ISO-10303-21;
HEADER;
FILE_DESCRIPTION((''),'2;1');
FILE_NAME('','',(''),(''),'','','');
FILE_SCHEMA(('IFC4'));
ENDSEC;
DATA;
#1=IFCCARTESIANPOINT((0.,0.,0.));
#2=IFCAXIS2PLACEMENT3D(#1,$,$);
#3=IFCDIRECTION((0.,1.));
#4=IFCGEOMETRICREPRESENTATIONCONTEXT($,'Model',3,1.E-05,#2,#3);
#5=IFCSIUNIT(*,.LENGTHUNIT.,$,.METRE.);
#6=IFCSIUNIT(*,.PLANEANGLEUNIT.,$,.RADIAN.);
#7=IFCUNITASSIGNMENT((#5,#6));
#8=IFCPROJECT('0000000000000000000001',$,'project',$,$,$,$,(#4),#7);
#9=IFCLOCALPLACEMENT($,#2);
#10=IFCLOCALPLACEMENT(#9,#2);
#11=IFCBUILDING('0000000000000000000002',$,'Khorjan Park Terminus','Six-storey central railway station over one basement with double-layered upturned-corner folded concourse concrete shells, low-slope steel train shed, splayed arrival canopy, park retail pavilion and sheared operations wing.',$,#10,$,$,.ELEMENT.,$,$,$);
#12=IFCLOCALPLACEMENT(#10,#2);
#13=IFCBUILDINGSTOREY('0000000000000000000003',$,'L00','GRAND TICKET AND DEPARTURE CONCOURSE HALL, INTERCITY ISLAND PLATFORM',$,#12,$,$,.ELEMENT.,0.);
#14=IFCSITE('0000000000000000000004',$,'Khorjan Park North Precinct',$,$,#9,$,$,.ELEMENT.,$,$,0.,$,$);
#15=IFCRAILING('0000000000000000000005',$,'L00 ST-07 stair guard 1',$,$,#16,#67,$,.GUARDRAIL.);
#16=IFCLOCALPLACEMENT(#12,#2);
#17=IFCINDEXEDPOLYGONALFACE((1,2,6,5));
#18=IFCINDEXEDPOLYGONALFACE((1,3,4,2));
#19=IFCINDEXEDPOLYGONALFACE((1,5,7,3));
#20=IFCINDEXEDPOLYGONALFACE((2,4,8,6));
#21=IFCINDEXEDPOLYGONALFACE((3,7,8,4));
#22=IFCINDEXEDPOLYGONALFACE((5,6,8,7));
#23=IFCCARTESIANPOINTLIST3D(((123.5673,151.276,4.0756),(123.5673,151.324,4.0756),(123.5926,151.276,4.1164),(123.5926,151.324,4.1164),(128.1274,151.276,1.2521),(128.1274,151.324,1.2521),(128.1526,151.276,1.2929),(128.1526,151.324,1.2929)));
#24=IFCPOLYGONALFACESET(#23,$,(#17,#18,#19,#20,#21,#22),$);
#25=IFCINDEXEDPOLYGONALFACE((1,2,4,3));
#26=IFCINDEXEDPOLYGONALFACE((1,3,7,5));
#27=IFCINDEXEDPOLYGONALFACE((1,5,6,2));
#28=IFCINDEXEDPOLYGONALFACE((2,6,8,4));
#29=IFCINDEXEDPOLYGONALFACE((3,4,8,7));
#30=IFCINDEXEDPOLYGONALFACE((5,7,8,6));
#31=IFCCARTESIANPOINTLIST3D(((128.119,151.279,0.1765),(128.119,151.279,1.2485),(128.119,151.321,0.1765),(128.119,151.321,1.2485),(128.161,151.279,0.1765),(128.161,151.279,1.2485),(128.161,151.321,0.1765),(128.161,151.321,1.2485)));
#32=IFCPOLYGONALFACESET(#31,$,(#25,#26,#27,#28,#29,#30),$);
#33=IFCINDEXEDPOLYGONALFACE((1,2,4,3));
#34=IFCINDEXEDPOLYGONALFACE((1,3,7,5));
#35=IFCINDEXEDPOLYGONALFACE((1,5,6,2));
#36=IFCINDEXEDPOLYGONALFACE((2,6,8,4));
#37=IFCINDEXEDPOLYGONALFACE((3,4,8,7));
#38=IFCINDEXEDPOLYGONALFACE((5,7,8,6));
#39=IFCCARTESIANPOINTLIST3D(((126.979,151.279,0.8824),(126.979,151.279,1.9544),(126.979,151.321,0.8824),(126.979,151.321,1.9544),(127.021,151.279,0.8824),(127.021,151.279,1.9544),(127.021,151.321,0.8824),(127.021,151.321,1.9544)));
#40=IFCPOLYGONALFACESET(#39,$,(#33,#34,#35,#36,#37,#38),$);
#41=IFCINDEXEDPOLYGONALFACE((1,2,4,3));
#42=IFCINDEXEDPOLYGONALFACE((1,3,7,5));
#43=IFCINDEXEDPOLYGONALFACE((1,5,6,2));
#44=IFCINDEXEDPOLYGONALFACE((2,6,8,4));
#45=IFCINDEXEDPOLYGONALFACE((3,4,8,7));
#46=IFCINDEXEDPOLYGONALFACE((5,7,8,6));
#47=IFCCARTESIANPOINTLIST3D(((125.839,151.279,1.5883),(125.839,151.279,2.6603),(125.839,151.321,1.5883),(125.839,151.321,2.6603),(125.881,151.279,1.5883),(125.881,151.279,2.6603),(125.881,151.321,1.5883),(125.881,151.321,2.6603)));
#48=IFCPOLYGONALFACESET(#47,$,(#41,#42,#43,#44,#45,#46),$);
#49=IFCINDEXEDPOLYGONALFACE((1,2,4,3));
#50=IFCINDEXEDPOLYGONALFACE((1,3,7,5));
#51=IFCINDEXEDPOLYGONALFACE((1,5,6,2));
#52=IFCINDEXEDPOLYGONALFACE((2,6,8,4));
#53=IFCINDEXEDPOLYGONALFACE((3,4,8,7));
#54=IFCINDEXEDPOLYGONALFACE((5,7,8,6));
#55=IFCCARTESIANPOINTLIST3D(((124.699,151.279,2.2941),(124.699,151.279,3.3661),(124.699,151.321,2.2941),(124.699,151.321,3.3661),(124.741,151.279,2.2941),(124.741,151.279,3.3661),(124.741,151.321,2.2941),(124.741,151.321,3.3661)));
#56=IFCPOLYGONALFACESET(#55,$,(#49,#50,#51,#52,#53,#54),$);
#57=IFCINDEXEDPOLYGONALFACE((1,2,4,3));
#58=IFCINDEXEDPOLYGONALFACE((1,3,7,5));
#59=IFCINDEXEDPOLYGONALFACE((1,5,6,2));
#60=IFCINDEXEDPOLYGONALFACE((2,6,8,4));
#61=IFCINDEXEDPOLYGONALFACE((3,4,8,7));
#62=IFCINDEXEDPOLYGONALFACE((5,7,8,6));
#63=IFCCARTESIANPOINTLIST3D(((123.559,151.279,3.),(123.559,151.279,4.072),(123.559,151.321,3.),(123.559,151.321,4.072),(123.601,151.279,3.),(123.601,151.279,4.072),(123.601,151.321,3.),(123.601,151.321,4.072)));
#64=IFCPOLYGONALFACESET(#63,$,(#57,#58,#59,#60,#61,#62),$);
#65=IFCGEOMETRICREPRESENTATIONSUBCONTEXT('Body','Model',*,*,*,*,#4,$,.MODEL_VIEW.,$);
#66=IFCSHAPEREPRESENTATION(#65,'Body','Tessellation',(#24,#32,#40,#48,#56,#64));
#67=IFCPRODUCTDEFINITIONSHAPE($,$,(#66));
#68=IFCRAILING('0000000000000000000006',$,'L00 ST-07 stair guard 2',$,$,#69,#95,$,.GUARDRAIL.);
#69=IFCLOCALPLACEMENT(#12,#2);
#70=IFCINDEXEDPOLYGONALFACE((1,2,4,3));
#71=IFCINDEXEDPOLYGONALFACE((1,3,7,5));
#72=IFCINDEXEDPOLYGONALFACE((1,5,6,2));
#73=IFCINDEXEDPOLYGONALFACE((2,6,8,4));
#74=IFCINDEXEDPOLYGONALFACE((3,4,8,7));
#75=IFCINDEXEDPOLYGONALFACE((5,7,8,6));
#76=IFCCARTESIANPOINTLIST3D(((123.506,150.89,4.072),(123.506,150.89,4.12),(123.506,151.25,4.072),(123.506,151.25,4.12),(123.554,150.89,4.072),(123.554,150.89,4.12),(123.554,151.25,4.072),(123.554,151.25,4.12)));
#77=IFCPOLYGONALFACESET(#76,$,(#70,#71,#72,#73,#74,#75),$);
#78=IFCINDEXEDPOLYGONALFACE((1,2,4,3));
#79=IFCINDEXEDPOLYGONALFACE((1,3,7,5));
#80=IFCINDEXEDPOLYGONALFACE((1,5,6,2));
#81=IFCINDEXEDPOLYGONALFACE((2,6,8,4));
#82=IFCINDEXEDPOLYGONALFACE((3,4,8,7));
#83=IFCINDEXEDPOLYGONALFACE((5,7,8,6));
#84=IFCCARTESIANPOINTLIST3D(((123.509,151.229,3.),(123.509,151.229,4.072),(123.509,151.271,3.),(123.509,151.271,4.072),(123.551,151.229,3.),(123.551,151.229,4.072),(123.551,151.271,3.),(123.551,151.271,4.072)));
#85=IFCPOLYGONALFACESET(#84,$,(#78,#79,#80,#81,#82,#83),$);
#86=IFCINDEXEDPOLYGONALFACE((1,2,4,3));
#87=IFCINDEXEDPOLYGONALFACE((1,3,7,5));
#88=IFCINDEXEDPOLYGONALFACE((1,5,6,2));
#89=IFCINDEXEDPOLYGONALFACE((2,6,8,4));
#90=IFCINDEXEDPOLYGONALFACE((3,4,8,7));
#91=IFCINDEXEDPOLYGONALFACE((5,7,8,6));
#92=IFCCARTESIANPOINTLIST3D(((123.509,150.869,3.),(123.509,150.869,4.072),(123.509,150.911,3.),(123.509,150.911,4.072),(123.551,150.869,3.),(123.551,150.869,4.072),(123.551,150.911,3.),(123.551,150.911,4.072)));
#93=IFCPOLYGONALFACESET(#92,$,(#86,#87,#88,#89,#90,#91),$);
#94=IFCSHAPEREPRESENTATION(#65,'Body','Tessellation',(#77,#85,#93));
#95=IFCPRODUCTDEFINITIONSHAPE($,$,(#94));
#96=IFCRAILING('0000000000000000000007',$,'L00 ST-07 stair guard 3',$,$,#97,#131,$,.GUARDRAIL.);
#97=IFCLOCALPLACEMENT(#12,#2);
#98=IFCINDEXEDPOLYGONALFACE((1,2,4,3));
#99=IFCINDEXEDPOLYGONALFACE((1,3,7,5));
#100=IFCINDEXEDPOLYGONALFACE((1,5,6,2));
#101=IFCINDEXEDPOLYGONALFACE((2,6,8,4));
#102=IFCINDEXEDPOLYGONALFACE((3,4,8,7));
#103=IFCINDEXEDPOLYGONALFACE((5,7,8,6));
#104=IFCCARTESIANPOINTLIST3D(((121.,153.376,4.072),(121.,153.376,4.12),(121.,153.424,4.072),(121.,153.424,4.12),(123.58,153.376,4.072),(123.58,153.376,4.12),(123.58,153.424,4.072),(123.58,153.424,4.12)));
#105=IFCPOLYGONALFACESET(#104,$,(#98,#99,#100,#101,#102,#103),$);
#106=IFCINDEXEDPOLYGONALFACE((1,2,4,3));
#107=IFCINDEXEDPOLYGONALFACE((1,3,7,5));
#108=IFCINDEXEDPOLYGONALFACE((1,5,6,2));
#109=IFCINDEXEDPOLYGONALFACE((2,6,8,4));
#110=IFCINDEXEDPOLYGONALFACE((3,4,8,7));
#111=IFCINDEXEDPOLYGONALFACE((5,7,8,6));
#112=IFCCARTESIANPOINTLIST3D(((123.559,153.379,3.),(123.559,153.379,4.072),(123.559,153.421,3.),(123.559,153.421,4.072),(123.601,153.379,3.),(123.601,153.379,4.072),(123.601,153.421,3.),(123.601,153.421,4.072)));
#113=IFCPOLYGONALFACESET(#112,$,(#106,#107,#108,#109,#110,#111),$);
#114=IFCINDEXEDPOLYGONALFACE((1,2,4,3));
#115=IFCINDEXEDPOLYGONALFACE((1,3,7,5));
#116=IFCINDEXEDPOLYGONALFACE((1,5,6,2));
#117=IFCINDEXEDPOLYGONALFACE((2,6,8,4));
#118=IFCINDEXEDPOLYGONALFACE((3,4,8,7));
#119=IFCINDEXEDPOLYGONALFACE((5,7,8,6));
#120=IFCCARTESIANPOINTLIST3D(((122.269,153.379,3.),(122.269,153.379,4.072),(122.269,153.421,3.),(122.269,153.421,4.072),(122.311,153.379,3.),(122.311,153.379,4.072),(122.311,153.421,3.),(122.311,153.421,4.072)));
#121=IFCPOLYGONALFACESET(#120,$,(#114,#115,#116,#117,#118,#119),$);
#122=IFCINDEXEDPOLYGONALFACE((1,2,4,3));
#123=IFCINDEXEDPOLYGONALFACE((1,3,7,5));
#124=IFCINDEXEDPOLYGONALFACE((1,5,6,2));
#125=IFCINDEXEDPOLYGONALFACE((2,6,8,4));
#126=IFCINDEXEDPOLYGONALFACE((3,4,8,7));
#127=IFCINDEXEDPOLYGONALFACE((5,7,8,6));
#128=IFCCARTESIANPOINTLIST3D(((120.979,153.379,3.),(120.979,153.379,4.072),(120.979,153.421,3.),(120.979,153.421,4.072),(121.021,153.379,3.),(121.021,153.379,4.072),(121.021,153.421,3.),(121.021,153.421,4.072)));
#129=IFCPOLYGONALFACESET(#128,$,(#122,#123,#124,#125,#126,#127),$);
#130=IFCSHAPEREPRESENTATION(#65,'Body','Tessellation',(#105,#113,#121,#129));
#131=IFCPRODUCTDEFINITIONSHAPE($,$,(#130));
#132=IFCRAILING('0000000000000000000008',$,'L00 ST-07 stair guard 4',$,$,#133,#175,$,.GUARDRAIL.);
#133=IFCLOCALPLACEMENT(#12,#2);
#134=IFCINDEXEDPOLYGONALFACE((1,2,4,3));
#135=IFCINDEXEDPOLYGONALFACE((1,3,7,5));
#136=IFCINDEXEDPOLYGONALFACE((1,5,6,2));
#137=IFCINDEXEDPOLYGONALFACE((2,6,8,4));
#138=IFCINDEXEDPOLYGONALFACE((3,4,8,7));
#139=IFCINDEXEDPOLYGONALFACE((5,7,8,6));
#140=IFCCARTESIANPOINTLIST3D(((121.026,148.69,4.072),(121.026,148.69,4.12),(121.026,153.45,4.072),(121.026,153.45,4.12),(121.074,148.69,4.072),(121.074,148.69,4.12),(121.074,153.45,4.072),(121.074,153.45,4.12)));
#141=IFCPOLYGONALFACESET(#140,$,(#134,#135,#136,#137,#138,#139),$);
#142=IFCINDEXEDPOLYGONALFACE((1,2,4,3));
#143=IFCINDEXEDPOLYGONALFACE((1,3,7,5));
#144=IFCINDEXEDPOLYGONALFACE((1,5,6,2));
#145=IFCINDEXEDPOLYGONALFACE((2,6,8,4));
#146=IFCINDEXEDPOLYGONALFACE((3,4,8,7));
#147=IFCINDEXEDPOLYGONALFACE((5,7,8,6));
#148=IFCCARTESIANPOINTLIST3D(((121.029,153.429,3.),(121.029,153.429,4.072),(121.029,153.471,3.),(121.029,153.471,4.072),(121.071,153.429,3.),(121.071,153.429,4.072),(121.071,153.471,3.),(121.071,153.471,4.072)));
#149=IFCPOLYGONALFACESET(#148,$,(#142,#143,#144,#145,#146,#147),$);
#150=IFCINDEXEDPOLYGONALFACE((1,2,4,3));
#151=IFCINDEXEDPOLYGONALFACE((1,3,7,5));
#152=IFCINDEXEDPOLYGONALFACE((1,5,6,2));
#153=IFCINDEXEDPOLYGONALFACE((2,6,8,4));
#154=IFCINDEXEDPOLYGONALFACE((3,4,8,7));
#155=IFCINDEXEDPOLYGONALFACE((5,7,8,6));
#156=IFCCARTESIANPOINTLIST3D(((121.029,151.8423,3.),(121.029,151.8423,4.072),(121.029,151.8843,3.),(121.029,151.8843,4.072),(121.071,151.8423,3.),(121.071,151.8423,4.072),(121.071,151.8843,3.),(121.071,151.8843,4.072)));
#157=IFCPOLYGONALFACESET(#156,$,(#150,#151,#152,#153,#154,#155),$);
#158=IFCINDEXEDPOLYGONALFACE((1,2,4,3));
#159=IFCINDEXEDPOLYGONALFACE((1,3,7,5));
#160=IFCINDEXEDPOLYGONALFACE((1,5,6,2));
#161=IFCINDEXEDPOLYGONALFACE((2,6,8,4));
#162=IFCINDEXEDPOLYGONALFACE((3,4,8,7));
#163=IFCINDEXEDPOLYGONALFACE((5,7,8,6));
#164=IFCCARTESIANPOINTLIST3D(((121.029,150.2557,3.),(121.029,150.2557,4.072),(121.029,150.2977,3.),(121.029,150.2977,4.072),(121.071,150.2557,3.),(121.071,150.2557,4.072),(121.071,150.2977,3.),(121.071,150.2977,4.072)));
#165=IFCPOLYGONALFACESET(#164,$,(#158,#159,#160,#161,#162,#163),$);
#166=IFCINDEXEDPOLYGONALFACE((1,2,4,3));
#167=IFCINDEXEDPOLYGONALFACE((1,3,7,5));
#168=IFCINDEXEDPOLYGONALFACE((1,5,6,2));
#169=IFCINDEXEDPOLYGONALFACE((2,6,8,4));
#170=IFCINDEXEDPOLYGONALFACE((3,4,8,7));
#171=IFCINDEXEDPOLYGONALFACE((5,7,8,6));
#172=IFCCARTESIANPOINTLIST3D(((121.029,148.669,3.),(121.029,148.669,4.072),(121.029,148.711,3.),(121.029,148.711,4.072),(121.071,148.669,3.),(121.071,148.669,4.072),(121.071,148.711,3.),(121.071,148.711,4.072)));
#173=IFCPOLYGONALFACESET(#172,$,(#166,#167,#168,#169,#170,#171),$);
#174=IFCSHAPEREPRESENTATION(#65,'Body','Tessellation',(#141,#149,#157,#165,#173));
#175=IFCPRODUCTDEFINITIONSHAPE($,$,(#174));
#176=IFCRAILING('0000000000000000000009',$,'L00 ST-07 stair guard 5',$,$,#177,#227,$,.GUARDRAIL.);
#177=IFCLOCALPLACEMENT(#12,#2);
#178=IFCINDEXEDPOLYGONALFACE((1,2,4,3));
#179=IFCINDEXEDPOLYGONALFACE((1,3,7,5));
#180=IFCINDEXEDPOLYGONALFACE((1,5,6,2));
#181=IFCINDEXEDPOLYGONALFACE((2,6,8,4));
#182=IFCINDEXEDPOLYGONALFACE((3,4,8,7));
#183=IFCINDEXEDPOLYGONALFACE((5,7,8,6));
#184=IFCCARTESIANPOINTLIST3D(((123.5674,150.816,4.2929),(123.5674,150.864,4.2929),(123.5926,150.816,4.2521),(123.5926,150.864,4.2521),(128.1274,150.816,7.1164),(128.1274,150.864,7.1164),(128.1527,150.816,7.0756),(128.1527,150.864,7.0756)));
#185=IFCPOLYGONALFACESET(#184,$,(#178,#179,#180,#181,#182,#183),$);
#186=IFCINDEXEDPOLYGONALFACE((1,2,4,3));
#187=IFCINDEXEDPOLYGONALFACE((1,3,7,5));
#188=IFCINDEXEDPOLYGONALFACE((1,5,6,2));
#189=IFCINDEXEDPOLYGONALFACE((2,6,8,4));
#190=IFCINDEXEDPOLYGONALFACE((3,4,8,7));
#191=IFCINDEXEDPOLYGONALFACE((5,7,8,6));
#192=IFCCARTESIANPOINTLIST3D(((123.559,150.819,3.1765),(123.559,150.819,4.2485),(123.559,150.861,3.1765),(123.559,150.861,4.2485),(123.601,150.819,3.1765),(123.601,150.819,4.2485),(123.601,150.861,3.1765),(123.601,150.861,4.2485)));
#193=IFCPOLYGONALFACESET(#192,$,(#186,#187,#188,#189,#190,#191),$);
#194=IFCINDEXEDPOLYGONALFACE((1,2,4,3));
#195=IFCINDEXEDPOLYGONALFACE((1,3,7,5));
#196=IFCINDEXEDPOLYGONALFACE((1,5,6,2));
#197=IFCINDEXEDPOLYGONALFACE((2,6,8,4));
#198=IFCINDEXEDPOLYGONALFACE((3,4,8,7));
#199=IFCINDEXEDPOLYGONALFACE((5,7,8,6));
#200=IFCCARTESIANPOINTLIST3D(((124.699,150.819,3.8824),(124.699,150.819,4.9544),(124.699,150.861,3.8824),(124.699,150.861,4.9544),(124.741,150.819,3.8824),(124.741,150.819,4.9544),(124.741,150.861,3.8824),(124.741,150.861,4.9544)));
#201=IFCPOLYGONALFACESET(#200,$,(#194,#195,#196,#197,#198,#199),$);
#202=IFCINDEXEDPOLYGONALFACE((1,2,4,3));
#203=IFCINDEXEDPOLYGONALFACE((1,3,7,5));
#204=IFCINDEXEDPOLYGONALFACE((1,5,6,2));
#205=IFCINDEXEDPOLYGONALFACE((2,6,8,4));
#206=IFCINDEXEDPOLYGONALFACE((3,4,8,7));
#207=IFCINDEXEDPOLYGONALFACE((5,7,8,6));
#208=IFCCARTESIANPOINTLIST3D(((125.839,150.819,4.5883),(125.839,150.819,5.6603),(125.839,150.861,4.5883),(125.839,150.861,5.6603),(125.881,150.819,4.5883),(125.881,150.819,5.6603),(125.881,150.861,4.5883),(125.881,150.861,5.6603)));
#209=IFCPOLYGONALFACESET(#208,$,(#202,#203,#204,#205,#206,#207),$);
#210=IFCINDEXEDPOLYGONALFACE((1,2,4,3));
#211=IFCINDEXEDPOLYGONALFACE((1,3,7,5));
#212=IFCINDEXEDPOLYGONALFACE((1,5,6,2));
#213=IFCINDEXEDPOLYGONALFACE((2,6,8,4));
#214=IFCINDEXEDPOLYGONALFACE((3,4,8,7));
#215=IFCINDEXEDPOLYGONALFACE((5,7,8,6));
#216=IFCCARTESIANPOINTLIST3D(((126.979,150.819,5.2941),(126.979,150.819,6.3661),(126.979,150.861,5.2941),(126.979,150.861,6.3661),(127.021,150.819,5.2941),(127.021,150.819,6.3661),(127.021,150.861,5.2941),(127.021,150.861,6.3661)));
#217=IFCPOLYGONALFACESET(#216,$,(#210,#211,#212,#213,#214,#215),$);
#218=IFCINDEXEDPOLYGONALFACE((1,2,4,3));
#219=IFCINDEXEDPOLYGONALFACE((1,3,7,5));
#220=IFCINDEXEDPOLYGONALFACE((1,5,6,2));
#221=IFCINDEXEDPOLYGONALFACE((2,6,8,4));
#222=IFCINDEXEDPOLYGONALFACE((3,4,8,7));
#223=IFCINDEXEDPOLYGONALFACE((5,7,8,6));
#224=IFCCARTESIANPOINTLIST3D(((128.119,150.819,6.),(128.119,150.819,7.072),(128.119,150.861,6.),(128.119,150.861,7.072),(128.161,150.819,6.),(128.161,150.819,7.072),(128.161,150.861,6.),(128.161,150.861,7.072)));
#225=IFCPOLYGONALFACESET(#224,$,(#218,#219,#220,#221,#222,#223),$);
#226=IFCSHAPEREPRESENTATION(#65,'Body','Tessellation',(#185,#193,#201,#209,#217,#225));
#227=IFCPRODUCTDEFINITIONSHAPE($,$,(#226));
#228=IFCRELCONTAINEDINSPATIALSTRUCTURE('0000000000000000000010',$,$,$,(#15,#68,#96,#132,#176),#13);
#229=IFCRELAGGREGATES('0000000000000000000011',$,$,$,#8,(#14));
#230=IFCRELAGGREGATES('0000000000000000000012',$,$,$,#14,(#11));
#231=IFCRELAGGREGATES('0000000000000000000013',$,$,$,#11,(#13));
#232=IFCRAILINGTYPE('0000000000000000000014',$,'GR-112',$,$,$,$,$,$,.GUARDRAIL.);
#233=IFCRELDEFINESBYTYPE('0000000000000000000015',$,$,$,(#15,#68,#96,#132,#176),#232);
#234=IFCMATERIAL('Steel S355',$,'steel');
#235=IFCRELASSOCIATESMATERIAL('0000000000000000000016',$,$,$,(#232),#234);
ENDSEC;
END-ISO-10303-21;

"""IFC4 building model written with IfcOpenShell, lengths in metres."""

from ifc_helpers import new_model, si_unit, direction, frame, origin, origin_2d, place, context, subcontext, project, spatial, rectangle, extrude, material, type_object, element, save


model = new_model("IFC4")

# Units and contexts
model_context = context("Model", 3, precision=1e-05, world=origin(), true_north=direction((0.0, 1.0)))
body_context = subcontext(model_context, "Body", "Model", "MODEL_VIEW")
ifc_project = project(units=[si_unit("LENGTHUNIT", "METRE"), si_unit("PLANEANGLEUNIT", "RADIAN")], contexts=[model_context])

# Site, building, storey
site_placement = place(None, origin())
site = spatial("IfcSite", under=ifc_project, at=site_placement, Name="Khorjan Park North Precinct", CompositionType="ELEMENT", RefElevation=0.0)
building_placement = place(site_placement, origin())
building = spatial("IfcBuilding", under=site, at=building_placement, Name="Khorjan Park Terminus", Description="Six-storey central railway station over one basement with double-layered upturned-corner folded concourse concrete shells, low-slope steel train shed, splayed arrival canopy, park retail pavilion and sheared operations wing.", CompositionType="ELEMENT")
storey_placement = place(building_placement, origin())
storey = spatial("IfcBuildingStorey", under=building, at=storey_placement, Name="L00", Description="GRAND TICKET AND DEPARTURE CONCOURSE HALL, INTERCITY ISLAND PLATFORM", CompositionType="ELEMENT", Elevation=0.0)

# Shared definitions
ifc_material_1 = material(Name="Steel S355", Category="steel")

# Railings
railing_type_1 = type_object("IfcRailingType", Name="GR-112", PredefinedType="GUARDRAIL", material=ifc_material_1)
railing_1_placement = place(storey_placement, frame((128.14, 151.3, 0.1765)))
element("IfcRailing", 1, at=railing_1_placement, inside=storey, type_object=railing_type_1, Name="L00 ST-07 stair guard 1", PredefinedType="GUARDRAIL", context=body_context, shape_type="SweptSolid", body=[
    extrude(rectangle(XDim=0.048, YDim=0.048, at=origin_2d()), frame((0.0, 0.0, 1.096), z_axis=(-0.850211, 0.0, 0.526441), x_axis=(0.0, -1.0, 0.0)), (0.0, 0.0, 1.0), 5.3634),
    extrude(rectangle(XDim=0.042, YDim=0.042, at=origin_2d()), origin(), (0.0, 0.0, 1.0), 1.072),
    extrude(rectangle(XDim=0.042, YDim=0.042, at=origin_2d()), frame((-1.14, 0.0, 0.7059)), (0.0, 0.0, 1.0), 1.072),
    extrude(rectangle(XDim=0.042, YDim=0.042, at=origin_2d()), frame((-2.28, 0.0, 1.4118)), (0.0, 0.0, 1.0), 1.072),
    extrude(rectangle(XDim=0.042, YDim=0.042, at=origin_2d()), frame((-3.42, 0.0, 2.1176)), (0.0, 0.0, 1.0), 1.072),
    extrude(rectangle(XDim=0.042, YDim=0.042, at=origin_2d()), frame((-4.56, 0.0, 2.8235)), (0.0, 0.0, 1.0), 1.072),
])
railing_2_placement = place(storey_placement, frame((123.53, 151.25, 3.0)))
element("IfcRailing", 2, at=railing_2_placement, inside=storey, type_object=railing_type_1, Name="L00 ST-07 stair guard 2", PredefinedType="GUARDRAIL", context=body_context, shape_type="SweptSolid", body=[
    extrude(rectangle(XDim=0.048, YDim=0.048, at=origin_2d()), frame((0.0, 0.0, 1.096), z_axis=(0.0, -1.0, 0.0), x_axis=(1.0, 0.0, 0.0)), (0.0, 0.0, 1.0), 0.36),
    extrude(rectangle(XDim=0.042, YDim=0.042, at=origin_2d()), origin(), (0.0, 0.0, 1.0), 1.072),
    extrude(rectangle(XDim=0.042, YDim=0.042, at=origin_2d()), frame((0.0, -0.36, 0.0)), (0.0, 0.0, 1.0), 1.072),
])
railing_3_placement = place(storey_placement, frame((123.58, 153.4, 3.0)))
element("IfcRailing", 3, at=railing_3_placement, inside=storey, type_object=railing_type_1, Name="L00 ST-07 stair guard 3", PredefinedType="GUARDRAIL", context=body_context, shape_type="SweptSolid", body=[
    extrude(rectangle(XDim=0.048, YDim=0.048, at=origin_2d()), frame((0.0, 0.0, 1.096), z_axis=(-1.0, 0.0, 0.0), x_axis=(0.0, -1.0, 0.0)), (0.0, 0.0, 1.0), 2.58),
    extrude(rectangle(XDim=0.042, YDim=0.042, at=origin_2d()), origin(), (0.0, 0.0, 1.0), 1.072),
    extrude(rectangle(XDim=0.042, YDim=0.042, at=origin_2d()), frame((-1.29, 0.0, 0.0)), (0.0, 0.0, 1.0), 1.072),
    extrude(rectangle(XDim=0.042, YDim=0.042, at=origin_2d()), frame((-2.58, 0.0, 0.0)), (0.0, 0.0, 1.0), 1.072),
])
railing_4_placement = place(storey_placement, frame((121.05, 153.45, 3.0)))
element("IfcRailing", 4, at=railing_4_placement, inside=storey, type_object=railing_type_1, Name="L00 ST-07 stair guard 4", PredefinedType="GUARDRAIL", context=body_context, shape_type="SweptSolid", body=[
    extrude(rectangle(XDim=0.048, YDim=0.048, at=origin_2d()), frame((0.0, 0.0, 1.096), z_axis=(0.0, -1.0, 0.0), x_axis=(1.0, 0.0, 0.0)), (0.0, 0.0, 1.0), 4.76),
    extrude(rectangle(XDim=0.042, YDim=0.042, at=origin_2d()), origin(), (0.0, 0.0, 1.0), 1.072),
    extrude(rectangle(XDim=0.042, YDim=0.042, at=origin_2d()), frame((0.0, -1.5867, 0.0)), (0.0, 0.0, 1.0), 1.072),
    extrude(rectangle(XDim=0.042, YDim=0.042, at=origin_2d()), frame((0.0, -3.1733, 0.0)), (0.0, 0.0, 1.0), 1.072),
    extrude(rectangle(XDim=0.042, YDim=0.042, at=origin_2d()), frame((0.0, -4.76, 0.0)), (0.0, 0.0, 1.0), 1.072),
])
railing_5_placement = place(storey_placement, frame((123.58, 150.84, 3.1765)))
element("IfcRailing", 5, at=railing_5_placement, inside=storey, type_object=railing_type_1, Name="L00 ST-07 stair guard 5", PredefinedType="GUARDRAIL", context=body_context, shape_type="SweptSolid", body=[
    extrude(rectangle(XDim=0.048, YDim=0.048, at=origin_2d()), frame((0.0, 0.0, 1.096), z_axis=(0.850211, 0.0, 0.526441), x_axis=(0.0, 1.0, 0.0)), (0.0, 0.0, 1.0), 5.3634),
    extrude(rectangle(XDim=0.042, YDim=0.042, at=origin_2d()), origin(), (0.0, 0.0, 1.0), 1.072),
    extrude(rectangle(XDim=0.042, YDim=0.042, at=origin_2d()), frame((1.14, 0.0, 0.7059)), (0.0, 0.0, 1.0), 1.072),
    extrude(rectangle(XDim=0.042, YDim=0.042, at=origin_2d()), frame((2.28, 0.0, 1.4118)), (0.0, 0.0, 1.0), 1.072),
    extrude(rectangle(XDim=0.042, YDim=0.042, at=origin_2d()), frame((3.42, 0.0, 2.1176)), (0.0, 0.0, 1.0), 1.072),
    extrude(rectangle(XDim=0.042, YDim=0.042, at=origin_2d()), frame((4.56, 0.0, 2.8235)), (0.0, 0.0, 1.0), 1.072),
])

save(model, "model.ifc")
